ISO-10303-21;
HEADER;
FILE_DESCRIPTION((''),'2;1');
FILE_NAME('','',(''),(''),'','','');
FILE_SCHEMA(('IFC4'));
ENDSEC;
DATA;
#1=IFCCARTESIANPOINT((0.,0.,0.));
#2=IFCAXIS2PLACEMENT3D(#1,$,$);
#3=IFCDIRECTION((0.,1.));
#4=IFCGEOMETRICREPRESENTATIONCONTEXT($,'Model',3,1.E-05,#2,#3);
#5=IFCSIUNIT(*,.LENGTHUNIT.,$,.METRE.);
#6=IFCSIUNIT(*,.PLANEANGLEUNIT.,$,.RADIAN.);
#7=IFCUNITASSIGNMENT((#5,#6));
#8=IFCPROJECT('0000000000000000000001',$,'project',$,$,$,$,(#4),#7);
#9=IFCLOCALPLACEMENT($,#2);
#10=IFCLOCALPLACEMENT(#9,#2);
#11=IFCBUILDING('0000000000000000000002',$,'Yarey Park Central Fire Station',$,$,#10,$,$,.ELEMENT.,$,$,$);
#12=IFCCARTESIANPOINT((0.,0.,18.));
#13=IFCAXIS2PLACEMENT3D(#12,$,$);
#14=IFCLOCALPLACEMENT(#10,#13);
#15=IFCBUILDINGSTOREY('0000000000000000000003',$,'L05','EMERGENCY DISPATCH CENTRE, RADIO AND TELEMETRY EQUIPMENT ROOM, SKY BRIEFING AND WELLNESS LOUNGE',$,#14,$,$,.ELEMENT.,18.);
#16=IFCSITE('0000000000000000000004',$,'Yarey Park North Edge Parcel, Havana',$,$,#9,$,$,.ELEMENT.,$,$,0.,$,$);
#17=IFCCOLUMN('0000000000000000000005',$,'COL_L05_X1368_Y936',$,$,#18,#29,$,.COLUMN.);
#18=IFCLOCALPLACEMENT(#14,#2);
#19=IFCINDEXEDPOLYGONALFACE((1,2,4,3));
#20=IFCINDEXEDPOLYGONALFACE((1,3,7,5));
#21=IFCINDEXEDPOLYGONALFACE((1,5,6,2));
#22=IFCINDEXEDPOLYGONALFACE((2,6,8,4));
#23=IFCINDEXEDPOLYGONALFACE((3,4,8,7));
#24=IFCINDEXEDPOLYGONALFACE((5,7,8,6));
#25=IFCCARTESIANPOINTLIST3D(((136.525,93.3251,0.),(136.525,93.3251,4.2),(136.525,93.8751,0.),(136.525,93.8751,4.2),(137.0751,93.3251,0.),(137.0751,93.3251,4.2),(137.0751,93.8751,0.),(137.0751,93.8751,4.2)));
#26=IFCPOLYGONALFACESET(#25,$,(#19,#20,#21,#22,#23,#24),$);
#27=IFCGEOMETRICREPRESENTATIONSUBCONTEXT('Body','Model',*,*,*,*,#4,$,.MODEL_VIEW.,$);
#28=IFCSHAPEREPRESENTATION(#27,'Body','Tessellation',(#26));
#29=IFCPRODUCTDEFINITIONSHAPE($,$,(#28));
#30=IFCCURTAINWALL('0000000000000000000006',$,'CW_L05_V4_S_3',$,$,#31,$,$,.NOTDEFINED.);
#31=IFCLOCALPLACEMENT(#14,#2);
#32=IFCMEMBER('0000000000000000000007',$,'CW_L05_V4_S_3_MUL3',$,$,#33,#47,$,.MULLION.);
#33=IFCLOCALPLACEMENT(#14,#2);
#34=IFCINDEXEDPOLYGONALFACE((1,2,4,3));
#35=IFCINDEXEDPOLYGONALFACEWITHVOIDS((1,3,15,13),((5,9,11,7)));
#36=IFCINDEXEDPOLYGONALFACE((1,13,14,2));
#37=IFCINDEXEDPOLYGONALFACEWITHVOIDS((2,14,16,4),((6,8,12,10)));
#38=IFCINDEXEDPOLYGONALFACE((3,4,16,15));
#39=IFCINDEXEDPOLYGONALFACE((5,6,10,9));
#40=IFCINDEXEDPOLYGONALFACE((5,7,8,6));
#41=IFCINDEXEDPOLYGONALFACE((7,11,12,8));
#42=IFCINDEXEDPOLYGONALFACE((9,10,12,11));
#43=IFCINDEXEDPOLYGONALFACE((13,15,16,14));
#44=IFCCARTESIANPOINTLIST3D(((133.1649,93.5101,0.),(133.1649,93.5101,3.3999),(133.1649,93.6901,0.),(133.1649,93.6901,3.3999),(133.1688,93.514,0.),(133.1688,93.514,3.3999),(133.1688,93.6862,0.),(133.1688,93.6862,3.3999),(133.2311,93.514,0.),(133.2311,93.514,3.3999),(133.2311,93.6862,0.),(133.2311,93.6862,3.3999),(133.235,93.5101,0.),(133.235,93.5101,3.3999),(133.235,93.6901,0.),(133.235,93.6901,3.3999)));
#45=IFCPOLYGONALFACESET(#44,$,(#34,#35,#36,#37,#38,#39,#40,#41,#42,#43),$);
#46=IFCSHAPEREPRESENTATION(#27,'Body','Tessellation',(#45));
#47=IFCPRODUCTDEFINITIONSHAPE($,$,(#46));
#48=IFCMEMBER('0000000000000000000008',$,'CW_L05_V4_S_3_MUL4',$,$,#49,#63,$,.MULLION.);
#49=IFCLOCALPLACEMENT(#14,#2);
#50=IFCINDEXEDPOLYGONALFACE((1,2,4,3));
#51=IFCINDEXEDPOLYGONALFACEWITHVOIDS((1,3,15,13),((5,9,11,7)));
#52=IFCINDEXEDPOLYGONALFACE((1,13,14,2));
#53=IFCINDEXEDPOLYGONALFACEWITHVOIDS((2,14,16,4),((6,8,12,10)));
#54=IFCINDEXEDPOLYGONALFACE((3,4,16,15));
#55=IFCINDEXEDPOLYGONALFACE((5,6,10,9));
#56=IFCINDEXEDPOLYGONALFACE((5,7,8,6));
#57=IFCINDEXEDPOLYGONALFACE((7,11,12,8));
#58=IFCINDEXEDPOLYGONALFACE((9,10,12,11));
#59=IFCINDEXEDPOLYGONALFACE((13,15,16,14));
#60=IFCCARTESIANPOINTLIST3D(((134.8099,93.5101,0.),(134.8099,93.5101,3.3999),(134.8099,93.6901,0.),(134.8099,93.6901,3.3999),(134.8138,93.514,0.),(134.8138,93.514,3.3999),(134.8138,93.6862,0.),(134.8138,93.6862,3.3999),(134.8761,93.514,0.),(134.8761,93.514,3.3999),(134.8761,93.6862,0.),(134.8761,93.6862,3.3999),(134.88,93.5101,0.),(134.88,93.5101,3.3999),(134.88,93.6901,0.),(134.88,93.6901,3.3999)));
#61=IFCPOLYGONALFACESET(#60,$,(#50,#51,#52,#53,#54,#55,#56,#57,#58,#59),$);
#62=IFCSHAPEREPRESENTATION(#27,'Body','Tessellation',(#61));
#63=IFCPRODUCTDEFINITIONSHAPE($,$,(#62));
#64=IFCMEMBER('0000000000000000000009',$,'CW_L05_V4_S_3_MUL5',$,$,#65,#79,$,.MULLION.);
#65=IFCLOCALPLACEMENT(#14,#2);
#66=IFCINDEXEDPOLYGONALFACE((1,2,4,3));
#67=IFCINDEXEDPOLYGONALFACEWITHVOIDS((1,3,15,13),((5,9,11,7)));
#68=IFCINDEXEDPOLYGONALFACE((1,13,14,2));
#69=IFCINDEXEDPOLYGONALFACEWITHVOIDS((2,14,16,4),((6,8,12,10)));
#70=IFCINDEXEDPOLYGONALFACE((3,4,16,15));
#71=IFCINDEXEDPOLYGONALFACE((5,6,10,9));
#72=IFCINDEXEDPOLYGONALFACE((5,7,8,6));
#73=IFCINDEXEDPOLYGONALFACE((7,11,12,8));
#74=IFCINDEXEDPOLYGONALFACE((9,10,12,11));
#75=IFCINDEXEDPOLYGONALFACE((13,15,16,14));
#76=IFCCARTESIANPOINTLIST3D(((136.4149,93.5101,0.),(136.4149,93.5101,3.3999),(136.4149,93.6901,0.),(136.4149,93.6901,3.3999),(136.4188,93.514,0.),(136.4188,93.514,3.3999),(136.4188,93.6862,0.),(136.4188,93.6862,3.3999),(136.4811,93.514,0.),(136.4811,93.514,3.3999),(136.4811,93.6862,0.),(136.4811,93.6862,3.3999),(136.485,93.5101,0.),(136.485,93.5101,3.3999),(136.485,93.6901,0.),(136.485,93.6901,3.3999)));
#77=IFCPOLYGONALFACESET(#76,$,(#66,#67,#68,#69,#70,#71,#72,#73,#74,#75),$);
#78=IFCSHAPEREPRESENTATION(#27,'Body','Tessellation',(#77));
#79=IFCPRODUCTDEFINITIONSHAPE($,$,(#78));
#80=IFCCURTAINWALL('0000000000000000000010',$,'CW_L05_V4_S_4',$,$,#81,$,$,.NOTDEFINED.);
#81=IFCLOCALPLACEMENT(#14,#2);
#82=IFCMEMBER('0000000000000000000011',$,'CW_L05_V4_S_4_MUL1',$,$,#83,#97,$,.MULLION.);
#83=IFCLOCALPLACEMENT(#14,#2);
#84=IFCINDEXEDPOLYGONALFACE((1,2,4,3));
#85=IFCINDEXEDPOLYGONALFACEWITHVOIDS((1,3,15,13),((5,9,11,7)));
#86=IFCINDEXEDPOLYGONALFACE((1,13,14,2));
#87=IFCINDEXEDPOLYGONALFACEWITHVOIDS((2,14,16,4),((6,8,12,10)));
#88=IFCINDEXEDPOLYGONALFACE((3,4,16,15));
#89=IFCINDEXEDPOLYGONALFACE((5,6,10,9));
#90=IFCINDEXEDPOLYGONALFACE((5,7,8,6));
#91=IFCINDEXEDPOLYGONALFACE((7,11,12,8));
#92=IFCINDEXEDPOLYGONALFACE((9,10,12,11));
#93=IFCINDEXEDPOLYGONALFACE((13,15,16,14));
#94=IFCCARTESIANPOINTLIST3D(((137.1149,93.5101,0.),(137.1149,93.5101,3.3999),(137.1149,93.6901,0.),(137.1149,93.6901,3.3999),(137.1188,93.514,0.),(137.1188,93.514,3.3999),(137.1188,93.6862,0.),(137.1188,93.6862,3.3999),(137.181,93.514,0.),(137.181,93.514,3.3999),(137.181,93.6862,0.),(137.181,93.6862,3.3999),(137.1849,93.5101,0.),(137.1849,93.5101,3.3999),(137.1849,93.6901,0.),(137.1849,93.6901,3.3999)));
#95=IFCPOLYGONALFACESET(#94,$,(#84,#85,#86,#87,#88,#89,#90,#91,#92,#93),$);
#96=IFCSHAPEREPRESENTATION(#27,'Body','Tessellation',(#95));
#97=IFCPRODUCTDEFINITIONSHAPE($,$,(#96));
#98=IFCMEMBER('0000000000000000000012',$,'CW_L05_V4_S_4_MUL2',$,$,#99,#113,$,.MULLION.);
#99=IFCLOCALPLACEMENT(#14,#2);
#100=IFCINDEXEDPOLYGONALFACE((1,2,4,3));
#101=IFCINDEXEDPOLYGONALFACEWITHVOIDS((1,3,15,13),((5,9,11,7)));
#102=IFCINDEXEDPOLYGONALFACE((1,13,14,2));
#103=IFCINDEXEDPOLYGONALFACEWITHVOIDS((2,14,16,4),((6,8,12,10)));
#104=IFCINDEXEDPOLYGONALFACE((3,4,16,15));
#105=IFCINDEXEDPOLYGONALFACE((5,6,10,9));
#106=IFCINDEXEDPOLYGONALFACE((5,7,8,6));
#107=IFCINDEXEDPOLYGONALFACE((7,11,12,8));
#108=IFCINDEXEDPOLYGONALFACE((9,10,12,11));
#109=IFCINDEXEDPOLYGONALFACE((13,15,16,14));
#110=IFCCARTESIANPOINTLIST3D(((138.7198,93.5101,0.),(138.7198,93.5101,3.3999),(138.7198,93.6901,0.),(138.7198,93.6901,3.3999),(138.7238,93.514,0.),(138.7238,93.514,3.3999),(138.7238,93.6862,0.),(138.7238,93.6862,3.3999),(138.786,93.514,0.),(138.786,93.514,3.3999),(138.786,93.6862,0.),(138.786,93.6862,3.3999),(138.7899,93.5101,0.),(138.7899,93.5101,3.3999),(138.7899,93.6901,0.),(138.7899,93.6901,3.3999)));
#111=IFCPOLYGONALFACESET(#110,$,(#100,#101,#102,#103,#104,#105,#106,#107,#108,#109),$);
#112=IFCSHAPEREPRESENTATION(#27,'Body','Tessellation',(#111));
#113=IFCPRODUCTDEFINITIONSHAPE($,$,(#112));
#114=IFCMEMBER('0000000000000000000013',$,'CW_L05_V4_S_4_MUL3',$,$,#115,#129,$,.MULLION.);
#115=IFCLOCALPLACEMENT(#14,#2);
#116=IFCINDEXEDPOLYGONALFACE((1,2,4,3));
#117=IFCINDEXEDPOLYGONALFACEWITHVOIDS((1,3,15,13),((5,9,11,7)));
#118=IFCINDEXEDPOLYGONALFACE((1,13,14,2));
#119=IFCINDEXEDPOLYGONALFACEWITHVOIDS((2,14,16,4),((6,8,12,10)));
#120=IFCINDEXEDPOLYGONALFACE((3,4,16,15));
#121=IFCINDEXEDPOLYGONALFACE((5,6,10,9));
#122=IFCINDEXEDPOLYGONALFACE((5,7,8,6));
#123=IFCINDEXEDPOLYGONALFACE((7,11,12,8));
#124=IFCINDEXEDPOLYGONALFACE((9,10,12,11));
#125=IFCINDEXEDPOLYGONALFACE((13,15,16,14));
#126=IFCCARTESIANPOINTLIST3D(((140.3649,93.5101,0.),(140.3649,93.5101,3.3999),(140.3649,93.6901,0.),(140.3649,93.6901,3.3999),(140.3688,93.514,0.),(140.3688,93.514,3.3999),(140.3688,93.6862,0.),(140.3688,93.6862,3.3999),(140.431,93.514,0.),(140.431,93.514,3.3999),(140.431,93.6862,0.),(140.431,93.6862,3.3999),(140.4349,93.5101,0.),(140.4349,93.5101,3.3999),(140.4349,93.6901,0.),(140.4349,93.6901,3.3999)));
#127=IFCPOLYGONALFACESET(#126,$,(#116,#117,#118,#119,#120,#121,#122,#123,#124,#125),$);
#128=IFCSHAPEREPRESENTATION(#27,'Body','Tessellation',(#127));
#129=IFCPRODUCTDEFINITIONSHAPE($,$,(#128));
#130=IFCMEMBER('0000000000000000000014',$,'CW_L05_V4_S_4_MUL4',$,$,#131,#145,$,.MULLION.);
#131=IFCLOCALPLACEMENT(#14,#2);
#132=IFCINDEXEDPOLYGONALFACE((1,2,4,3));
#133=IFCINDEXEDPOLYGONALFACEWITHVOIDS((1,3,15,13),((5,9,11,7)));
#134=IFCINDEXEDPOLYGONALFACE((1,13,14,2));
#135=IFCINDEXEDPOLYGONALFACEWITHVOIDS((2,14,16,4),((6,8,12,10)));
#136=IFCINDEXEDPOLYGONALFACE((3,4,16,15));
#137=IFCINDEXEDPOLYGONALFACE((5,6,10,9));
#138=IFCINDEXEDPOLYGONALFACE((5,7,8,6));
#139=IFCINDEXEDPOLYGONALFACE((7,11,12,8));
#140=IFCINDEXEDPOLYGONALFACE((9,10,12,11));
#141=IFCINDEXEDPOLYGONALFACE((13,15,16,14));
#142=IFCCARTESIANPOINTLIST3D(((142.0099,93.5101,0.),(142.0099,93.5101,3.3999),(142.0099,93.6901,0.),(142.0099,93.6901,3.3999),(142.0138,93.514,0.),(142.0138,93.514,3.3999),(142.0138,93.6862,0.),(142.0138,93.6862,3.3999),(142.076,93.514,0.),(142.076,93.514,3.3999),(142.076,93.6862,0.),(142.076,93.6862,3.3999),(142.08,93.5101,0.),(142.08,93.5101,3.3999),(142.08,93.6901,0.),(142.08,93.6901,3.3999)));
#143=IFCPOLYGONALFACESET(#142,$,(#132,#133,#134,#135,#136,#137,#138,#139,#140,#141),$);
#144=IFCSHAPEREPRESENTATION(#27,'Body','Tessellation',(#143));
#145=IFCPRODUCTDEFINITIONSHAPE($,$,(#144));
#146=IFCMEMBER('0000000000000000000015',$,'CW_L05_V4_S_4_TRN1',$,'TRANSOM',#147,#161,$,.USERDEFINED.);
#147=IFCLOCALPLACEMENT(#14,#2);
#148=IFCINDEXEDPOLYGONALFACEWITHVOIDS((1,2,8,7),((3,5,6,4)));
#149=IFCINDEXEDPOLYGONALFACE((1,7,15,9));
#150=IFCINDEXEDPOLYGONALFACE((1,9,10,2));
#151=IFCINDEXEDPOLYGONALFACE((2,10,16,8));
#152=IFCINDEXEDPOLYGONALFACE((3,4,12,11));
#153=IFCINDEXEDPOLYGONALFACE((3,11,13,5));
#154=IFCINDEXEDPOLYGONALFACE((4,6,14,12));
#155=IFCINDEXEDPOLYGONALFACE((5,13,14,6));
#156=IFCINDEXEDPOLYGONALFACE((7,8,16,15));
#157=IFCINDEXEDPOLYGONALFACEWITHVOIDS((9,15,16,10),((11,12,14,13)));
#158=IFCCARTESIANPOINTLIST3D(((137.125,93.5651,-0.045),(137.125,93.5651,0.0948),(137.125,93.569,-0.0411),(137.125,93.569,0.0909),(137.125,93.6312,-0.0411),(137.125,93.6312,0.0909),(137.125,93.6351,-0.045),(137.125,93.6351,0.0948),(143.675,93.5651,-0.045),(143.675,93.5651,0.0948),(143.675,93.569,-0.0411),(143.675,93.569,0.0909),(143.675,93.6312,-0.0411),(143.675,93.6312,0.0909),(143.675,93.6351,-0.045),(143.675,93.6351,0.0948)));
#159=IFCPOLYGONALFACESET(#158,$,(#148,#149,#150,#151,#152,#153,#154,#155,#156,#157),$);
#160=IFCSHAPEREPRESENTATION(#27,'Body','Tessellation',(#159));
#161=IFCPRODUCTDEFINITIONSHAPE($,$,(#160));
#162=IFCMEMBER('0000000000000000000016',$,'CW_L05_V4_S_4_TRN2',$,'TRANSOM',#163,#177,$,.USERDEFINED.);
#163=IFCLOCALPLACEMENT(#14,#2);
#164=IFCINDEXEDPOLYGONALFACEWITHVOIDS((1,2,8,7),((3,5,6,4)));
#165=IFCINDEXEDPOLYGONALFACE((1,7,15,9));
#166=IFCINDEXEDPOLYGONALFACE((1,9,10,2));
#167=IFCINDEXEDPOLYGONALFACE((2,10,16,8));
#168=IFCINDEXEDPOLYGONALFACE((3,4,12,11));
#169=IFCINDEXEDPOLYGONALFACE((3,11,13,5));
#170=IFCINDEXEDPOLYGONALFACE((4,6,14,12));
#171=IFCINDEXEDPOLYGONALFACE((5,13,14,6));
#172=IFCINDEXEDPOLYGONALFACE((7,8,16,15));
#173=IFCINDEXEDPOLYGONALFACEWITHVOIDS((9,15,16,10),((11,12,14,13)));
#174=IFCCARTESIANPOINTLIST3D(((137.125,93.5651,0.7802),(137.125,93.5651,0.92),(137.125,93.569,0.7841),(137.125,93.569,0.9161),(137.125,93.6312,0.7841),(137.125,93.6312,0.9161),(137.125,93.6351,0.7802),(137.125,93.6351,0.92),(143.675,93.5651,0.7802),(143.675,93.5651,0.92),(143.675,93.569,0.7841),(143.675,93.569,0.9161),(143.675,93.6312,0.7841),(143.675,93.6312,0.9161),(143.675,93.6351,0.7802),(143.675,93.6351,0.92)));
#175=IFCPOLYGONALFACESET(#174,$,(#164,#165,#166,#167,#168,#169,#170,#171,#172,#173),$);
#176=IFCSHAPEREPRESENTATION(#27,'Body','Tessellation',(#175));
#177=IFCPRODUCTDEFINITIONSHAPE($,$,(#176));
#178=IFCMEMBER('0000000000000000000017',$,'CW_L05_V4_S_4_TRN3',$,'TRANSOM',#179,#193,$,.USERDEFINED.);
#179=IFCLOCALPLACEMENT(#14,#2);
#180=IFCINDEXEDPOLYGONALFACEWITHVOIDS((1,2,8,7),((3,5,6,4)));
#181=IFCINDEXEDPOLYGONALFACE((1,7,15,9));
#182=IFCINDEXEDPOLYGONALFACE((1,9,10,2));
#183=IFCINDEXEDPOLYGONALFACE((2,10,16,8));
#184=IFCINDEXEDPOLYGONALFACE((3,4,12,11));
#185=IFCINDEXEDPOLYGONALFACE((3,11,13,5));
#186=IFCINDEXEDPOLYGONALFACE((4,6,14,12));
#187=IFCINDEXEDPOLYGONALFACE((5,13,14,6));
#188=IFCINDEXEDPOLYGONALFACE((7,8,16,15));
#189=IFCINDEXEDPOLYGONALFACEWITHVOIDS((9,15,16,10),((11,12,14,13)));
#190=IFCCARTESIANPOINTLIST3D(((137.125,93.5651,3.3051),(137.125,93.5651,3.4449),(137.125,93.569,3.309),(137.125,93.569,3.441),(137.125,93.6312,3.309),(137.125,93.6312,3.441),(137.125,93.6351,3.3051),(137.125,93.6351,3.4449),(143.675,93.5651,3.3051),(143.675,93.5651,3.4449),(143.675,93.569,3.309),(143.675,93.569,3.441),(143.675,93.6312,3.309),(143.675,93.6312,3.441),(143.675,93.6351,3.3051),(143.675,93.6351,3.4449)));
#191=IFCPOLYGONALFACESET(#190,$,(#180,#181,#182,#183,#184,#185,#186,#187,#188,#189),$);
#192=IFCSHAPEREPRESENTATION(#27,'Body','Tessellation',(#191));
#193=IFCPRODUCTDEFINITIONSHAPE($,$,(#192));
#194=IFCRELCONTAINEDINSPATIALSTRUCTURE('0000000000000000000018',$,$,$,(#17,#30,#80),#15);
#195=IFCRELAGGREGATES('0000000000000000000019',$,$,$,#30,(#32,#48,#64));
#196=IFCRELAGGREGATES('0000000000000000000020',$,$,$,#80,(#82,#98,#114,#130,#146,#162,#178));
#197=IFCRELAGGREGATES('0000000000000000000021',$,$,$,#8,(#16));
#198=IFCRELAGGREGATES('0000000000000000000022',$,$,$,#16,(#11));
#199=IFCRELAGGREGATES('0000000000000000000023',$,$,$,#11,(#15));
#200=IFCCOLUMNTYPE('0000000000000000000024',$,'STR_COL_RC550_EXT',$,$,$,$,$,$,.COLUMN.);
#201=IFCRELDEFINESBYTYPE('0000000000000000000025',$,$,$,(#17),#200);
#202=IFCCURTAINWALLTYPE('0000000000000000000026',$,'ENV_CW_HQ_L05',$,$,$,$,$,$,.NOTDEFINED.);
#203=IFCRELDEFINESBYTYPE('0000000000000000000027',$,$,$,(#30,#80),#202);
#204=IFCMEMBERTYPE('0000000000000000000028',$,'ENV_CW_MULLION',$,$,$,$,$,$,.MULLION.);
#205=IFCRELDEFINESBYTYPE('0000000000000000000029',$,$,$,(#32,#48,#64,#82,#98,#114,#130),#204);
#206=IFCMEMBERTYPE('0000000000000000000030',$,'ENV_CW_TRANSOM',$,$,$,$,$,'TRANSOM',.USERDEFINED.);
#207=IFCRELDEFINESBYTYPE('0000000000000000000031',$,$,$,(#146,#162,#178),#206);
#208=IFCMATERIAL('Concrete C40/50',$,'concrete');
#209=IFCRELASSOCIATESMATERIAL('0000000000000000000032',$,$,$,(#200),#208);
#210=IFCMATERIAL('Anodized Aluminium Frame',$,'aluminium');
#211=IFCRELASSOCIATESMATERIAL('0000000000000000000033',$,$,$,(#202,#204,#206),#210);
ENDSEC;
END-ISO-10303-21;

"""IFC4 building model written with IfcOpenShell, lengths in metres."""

from ifc_helpers import new_model, si_unit, direction, frame, origin, origin_2d, place, context, subcontext, project, spatial, rectangle, hollow_rectangle, extrude, material, material_profile, profile_set, type_object, element, aggregate, save


model = new_model("IFC4")

# Units and contexts
model_context = context("Model", 3, precision=1e-05, world=origin(), true_north=direction((0.0, 1.0)))
body_context = subcontext(model_context, "Body", "Model", "MODEL_VIEW")
ifc_project = project(units=[si_unit("LENGTHUNIT", "METRE"), si_unit("PLANEANGLEUNIT", "RADIAN")], contexts=[model_context])

# Site, building, storey
site_placement = place(None, origin())
site = spatial("IfcSite", under=ifc_project, at=site_placement, Name="Yarey Park North Edge Parcel, Havana", CompositionType="ELEMENT", RefElevation=0.0)
building_placement = place(site_placement, origin())
building = spatial("IfcBuilding", under=site, at=building_placement, Name="Yarey Park Central Fire Station", CompositionType="ELEMENT")
storey_placement = place(building_placement, frame((0.0, 0.0, 18.0)))
storey = spatial("IfcBuildingStorey", under=building, at=storey_placement, Name="L05", Description="EMERGENCY DISPATCH CENTRE, RADIO AND TELEMETRY EQUIPMENT ROOM, SKY BRIEFING AND WELLNESS LOUNGE", CompositionType="ELEMENT", Elevation=18.0)

# Column
ifc_material_1 = material(Name="Concrete C40/50", Category="concrete")
ifc_material_profile_1 = material_profile(ifc_material_1, rectangle(XDim=0.55, YDim=0.55, at=origin_2d()), Name="RC 550x550")
ifc_profile_set_1 = profile_set([ifc_material_profile_1], Name="Concrete C40/50")
column_type = type_object("IfcColumnType", Name="STR_COL_RC550_EXT", PredefinedType="COLUMN", material=ifc_profile_set_1)
column_placement = place(storey_placement, frame((136.8, 93.6001, 0.0), z_axis=(0.0, 0.0, 1.0), x_axis=(1.0, 0.0, 0.0)))
element("IfcColumn", 1, at=column_placement, inside=storey, type_object=column_type, Name="COL_L05_X1368_Y936", PredefinedType="COLUMN", context=body_context, shape_type="SweptSolid", body=[
    extrude(rectangle(XDim=0.55, YDim=0.55, at=origin_2d()), origin(), (0.0, 0.0, 1.0), 4.2),
])

# Curtain walls, members
ifc_material_2 = material(Name="Anodized Aluminium Frame", Category="aluminium")
curtain_wall_type = type_object("IfcCurtainWallType", Name="ENV_CW_HQ_L05", PredefinedType="NOTDEFINED", material=ifc_material_2)
curtain_wall_1_placement = place(storey_placement, origin())
curtain_wall_1 = element("IfcCurtainWall", 2, at=curtain_wall_1_placement, inside=storey, type_object=curtain_wall_type, Name="CW_L05_V4_S_3", PredefinedType="NOTDEFINED")
ifc_material_profile_2 = material_profile(ifc_material_2, hollow_rectangle(XDim=0.0701, YDim=0.1799, WallThickness=0.0039, at=origin_2d()), Name="ALU 180x70x4")
ifc_profile_set_2 = profile_set([ifc_material_profile_2], Name="Anodized Aluminium Frame")
member_type_1 = type_object("IfcMemberType", Name="ENV_CW_MULLION", PredefinedType="MULLION", material=ifc_profile_set_2)
member_1_placement = place(storey_placement, frame((133.2, 93.6001, 0.0), z_axis=(0.0, 0.0, 1.0), x_axis=(1.0, 0.0, 0.0)))
member_1 = element("IfcMember", 3, at=member_1_placement, type_object=member_type_1, Name="CW_L05_V4_S_3_MUL3", PredefinedType="MULLION", context=body_context, shape_type="SweptSolid", body=[
    extrude(hollow_rectangle(XDim=0.0701, YDim=0.1799, WallThickness=0.0039, at=origin_2d()), origin(), (0.0, 0.0, 1.0), 3.3999),
])
member_2_placement = place(storey_placement, frame((134.845, 93.6001, 0.0), z_axis=(0.0, 0.0, 1.0), x_axis=(1.0, 0.0, 0.0)))
member_2 = element("IfcMember", 4, at=member_2_placement, type_object=member_type_1, Name="CW_L05_V4_S_3_MUL4", PredefinedType="MULLION", context=body_context, shape_type="SweptSolid", body=[
    extrude(hollow_rectangle(XDim=0.0701, YDim=0.1799, WallThickness=0.0039, at=origin_2d()), origin(), (0.0, 0.0, 1.0), 3.3999),
])
member_3_placement = place(storey_placement, frame((136.45, 93.6001, 0.0), z_axis=(0.0, 0.0, 1.0), x_axis=(1.0, 0.0, 0.0)))
member_3 = element("IfcMember", 5, at=member_3_placement, type_object=member_type_1, Name="CW_L05_V4_S_3_MUL5", PredefinedType="MULLION", context=body_context, shape_type="SweptSolid", body=[
    extrude(hollow_rectangle(XDim=0.0701, YDim=0.1799, WallThickness=0.0039, at=origin_2d()), origin(), (0.0, 0.0, 1.0), 3.3999),
])
curtain_wall_2_placement = place(storey_placement, origin())
curtain_wall_2 = element("IfcCurtainWall", 6, at=curtain_wall_2_placement, inside=storey, type_object=curtain_wall_type, Name="CW_L05_V4_S_4", PredefinedType="NOTDEFINED")
member_4_placement = place(storey_placement, frame((137.1499, 93.6001, 0.0), z_axis=(0.0, 0.0, 1.0), x_axis=(1.0, 0.0, 0.0)))
member_4 = element("IfcMember", 7, at=member_4_placement, type_object=member_type_1, Name="CW_L05_V4_S_4_MUL1", PredefinedType="MULLION", context=body_context, shape_type="SweptSolid", body=[
    extrude(hollow_rectangle(XDim=0.0701, YDim=0.1799, WallThickness=0.0039, at=origin_2d()), origin(), (0.0, 0.0, 1.0), 3.3999),
])
member_5_placement = place(storey_placement, frame((138.7549, 93.6001, 0.0), z_axis=(0.0, 0.0, 1.0), x_axis=(1.0, 0.0, 0.0)))
member_5 = element("IfcMember", 8, at=member_5_placement, type_object=member_type_1, Name="CW_L05_V4_S_4_MUL2", PredefinedType="MULLION", context=body_context, shape_type="SweptSolid", body=[
    extrude(hollow_rectangle(XDim=0.0701, YDim=0.1799, WallThickness=0.0039, at=origin_2d()), origin(), (0.0, 0.0, 1.0), 3.3999),
])
member_6_placement = place(storey_placement, frame((140.3999, 93.6001, 0.0), z_axis=(0.0, 0.0, 1.0), x_axis=(1.0, 0.0, 0.0)))
member_6 = element("IfcMember", 9, at=member_6_placement, type_object=member_type_1, Name="CW_L05_V4_S_4_MUL3", PredefinedType="MULLION", context=body_context, shape_type="SweptSolid", body=[
    extrude(hollow_rectangle(XDim=0.0701, YDim=0.1799, WallThickness=0.0039, at=origin_2d()), origin(), (0.0, 0.0, 1.0), 3.3999),
])
member_7_placement = place(storey_placement, frame((142.0449, 93.6001, 0.0), z_axis=(0.0, 0.0, 1.0), x_axis=(1.0, 0.0, 0.0)))
member_7 = element("IfcMember", 10, at=member_7_placement, type_object=member_type_1, Name="CW_L05_V4_S_4_MUL4", PredefinedType="MULLION", context=body_context, shape_type="SweptSolid", body=[
    extrude(hollow_rectangle(XDim=0.0701, YDim=0.1799, WallThickness=0.0039, at=origin_2d()), origin(), (0.0, 0.0, 1.0), 3.3999),
])
ifc_material_profile_3 = material_profile(ifc_material_2, hollow_rectangle(XDim=0.0701, YDim=0.1399, WallThickness=0.0039, at=origin_2d()), Name="ALU 140x70x4")
ifc_profile_set_3 = profile_set([ifc_material_profile_3], Name="Anodized Aluminium Frame")
member_type_2 = type_object("IfcMemberType", Name="ENV_CW_TRANSOM", ElementType="TRANSOM", PredefinedType="USERDEFINED", material=ifc_profile_set_3)
member_8_placement = place(storey_placement, frame((137.125, 93.6001, 0.0249), z_axis=(1.0, 0.0, 0.0), x_axis=(0.0, 1.0, 0.0)))
member_8 = element("IfcMember", 11, at=member_8_placement, type_object=member_type_2, Name="CW_L05_V4_S_4_TRN1", ObjectType="TRANSOM", PredefinedType="USERDEFINED", context=body_context, shape_type="SweptSolid", body=[
    extrude(hollow_rectangle(XDim=0.0701, YDim=0.1399, WallThickness=0.0039, at=origin_2d()), origin(), (0.0, 0.0, 1.0), 6.55),
])
member_9_placement = place(storey_placement, frame((137.125, 93.6001, 0.8501), z_axis=(1.0, 0.0, 0.0), x_axis=(0.0, 1.0, 0.0)))
member_9 = element("IfcMember", 12, at=member_9_placement, type_object=member_type_2, Name="CW_L05_V4_S_4_TRN2", ObjectType="TRANSOM", PredefinedType="USERDEFINED", context=body_context, shape_type="SweptSolid", body=[
    extrude(hollow_rectangle(XDim=0.0701, YDim=0.1399, WallThickness=0.0039, at=origin_2d()), origin(), (0.0, 0.0, 1.0), 6.55),
])
member_10_placement = place(storey_placement, frame((137.125, 93.6001, 3.375), z_axis=(1.0, 0.0, 0.0), x_axis=(0.0, 1.0, 0.0)))
member_10 = element("IfcMember", 13, at=member_10_placement, type_object=member_type_2, Name="CW_L05_V4_S_4_TRN3", ObjectType="TRANSOM", PredefinedType="USERDEFINED", context=body_context, shape_type="SweptSolid", body=[
    extrude(hollow_rectangle(XDim=0.0701, YDim=0.1399, WallThickness=0.0039, at=origin_2d()), origin(), (0.0, 0.0, 1.0), 6.55),
])

aggregate(curtain_wall_1, [member_1, member_2, member_3])
aggregate(curtain_wall_2, [member_4, member_5, member_6, member_7, member_8, member_9, member_10])

save(model, "model.ifc")
